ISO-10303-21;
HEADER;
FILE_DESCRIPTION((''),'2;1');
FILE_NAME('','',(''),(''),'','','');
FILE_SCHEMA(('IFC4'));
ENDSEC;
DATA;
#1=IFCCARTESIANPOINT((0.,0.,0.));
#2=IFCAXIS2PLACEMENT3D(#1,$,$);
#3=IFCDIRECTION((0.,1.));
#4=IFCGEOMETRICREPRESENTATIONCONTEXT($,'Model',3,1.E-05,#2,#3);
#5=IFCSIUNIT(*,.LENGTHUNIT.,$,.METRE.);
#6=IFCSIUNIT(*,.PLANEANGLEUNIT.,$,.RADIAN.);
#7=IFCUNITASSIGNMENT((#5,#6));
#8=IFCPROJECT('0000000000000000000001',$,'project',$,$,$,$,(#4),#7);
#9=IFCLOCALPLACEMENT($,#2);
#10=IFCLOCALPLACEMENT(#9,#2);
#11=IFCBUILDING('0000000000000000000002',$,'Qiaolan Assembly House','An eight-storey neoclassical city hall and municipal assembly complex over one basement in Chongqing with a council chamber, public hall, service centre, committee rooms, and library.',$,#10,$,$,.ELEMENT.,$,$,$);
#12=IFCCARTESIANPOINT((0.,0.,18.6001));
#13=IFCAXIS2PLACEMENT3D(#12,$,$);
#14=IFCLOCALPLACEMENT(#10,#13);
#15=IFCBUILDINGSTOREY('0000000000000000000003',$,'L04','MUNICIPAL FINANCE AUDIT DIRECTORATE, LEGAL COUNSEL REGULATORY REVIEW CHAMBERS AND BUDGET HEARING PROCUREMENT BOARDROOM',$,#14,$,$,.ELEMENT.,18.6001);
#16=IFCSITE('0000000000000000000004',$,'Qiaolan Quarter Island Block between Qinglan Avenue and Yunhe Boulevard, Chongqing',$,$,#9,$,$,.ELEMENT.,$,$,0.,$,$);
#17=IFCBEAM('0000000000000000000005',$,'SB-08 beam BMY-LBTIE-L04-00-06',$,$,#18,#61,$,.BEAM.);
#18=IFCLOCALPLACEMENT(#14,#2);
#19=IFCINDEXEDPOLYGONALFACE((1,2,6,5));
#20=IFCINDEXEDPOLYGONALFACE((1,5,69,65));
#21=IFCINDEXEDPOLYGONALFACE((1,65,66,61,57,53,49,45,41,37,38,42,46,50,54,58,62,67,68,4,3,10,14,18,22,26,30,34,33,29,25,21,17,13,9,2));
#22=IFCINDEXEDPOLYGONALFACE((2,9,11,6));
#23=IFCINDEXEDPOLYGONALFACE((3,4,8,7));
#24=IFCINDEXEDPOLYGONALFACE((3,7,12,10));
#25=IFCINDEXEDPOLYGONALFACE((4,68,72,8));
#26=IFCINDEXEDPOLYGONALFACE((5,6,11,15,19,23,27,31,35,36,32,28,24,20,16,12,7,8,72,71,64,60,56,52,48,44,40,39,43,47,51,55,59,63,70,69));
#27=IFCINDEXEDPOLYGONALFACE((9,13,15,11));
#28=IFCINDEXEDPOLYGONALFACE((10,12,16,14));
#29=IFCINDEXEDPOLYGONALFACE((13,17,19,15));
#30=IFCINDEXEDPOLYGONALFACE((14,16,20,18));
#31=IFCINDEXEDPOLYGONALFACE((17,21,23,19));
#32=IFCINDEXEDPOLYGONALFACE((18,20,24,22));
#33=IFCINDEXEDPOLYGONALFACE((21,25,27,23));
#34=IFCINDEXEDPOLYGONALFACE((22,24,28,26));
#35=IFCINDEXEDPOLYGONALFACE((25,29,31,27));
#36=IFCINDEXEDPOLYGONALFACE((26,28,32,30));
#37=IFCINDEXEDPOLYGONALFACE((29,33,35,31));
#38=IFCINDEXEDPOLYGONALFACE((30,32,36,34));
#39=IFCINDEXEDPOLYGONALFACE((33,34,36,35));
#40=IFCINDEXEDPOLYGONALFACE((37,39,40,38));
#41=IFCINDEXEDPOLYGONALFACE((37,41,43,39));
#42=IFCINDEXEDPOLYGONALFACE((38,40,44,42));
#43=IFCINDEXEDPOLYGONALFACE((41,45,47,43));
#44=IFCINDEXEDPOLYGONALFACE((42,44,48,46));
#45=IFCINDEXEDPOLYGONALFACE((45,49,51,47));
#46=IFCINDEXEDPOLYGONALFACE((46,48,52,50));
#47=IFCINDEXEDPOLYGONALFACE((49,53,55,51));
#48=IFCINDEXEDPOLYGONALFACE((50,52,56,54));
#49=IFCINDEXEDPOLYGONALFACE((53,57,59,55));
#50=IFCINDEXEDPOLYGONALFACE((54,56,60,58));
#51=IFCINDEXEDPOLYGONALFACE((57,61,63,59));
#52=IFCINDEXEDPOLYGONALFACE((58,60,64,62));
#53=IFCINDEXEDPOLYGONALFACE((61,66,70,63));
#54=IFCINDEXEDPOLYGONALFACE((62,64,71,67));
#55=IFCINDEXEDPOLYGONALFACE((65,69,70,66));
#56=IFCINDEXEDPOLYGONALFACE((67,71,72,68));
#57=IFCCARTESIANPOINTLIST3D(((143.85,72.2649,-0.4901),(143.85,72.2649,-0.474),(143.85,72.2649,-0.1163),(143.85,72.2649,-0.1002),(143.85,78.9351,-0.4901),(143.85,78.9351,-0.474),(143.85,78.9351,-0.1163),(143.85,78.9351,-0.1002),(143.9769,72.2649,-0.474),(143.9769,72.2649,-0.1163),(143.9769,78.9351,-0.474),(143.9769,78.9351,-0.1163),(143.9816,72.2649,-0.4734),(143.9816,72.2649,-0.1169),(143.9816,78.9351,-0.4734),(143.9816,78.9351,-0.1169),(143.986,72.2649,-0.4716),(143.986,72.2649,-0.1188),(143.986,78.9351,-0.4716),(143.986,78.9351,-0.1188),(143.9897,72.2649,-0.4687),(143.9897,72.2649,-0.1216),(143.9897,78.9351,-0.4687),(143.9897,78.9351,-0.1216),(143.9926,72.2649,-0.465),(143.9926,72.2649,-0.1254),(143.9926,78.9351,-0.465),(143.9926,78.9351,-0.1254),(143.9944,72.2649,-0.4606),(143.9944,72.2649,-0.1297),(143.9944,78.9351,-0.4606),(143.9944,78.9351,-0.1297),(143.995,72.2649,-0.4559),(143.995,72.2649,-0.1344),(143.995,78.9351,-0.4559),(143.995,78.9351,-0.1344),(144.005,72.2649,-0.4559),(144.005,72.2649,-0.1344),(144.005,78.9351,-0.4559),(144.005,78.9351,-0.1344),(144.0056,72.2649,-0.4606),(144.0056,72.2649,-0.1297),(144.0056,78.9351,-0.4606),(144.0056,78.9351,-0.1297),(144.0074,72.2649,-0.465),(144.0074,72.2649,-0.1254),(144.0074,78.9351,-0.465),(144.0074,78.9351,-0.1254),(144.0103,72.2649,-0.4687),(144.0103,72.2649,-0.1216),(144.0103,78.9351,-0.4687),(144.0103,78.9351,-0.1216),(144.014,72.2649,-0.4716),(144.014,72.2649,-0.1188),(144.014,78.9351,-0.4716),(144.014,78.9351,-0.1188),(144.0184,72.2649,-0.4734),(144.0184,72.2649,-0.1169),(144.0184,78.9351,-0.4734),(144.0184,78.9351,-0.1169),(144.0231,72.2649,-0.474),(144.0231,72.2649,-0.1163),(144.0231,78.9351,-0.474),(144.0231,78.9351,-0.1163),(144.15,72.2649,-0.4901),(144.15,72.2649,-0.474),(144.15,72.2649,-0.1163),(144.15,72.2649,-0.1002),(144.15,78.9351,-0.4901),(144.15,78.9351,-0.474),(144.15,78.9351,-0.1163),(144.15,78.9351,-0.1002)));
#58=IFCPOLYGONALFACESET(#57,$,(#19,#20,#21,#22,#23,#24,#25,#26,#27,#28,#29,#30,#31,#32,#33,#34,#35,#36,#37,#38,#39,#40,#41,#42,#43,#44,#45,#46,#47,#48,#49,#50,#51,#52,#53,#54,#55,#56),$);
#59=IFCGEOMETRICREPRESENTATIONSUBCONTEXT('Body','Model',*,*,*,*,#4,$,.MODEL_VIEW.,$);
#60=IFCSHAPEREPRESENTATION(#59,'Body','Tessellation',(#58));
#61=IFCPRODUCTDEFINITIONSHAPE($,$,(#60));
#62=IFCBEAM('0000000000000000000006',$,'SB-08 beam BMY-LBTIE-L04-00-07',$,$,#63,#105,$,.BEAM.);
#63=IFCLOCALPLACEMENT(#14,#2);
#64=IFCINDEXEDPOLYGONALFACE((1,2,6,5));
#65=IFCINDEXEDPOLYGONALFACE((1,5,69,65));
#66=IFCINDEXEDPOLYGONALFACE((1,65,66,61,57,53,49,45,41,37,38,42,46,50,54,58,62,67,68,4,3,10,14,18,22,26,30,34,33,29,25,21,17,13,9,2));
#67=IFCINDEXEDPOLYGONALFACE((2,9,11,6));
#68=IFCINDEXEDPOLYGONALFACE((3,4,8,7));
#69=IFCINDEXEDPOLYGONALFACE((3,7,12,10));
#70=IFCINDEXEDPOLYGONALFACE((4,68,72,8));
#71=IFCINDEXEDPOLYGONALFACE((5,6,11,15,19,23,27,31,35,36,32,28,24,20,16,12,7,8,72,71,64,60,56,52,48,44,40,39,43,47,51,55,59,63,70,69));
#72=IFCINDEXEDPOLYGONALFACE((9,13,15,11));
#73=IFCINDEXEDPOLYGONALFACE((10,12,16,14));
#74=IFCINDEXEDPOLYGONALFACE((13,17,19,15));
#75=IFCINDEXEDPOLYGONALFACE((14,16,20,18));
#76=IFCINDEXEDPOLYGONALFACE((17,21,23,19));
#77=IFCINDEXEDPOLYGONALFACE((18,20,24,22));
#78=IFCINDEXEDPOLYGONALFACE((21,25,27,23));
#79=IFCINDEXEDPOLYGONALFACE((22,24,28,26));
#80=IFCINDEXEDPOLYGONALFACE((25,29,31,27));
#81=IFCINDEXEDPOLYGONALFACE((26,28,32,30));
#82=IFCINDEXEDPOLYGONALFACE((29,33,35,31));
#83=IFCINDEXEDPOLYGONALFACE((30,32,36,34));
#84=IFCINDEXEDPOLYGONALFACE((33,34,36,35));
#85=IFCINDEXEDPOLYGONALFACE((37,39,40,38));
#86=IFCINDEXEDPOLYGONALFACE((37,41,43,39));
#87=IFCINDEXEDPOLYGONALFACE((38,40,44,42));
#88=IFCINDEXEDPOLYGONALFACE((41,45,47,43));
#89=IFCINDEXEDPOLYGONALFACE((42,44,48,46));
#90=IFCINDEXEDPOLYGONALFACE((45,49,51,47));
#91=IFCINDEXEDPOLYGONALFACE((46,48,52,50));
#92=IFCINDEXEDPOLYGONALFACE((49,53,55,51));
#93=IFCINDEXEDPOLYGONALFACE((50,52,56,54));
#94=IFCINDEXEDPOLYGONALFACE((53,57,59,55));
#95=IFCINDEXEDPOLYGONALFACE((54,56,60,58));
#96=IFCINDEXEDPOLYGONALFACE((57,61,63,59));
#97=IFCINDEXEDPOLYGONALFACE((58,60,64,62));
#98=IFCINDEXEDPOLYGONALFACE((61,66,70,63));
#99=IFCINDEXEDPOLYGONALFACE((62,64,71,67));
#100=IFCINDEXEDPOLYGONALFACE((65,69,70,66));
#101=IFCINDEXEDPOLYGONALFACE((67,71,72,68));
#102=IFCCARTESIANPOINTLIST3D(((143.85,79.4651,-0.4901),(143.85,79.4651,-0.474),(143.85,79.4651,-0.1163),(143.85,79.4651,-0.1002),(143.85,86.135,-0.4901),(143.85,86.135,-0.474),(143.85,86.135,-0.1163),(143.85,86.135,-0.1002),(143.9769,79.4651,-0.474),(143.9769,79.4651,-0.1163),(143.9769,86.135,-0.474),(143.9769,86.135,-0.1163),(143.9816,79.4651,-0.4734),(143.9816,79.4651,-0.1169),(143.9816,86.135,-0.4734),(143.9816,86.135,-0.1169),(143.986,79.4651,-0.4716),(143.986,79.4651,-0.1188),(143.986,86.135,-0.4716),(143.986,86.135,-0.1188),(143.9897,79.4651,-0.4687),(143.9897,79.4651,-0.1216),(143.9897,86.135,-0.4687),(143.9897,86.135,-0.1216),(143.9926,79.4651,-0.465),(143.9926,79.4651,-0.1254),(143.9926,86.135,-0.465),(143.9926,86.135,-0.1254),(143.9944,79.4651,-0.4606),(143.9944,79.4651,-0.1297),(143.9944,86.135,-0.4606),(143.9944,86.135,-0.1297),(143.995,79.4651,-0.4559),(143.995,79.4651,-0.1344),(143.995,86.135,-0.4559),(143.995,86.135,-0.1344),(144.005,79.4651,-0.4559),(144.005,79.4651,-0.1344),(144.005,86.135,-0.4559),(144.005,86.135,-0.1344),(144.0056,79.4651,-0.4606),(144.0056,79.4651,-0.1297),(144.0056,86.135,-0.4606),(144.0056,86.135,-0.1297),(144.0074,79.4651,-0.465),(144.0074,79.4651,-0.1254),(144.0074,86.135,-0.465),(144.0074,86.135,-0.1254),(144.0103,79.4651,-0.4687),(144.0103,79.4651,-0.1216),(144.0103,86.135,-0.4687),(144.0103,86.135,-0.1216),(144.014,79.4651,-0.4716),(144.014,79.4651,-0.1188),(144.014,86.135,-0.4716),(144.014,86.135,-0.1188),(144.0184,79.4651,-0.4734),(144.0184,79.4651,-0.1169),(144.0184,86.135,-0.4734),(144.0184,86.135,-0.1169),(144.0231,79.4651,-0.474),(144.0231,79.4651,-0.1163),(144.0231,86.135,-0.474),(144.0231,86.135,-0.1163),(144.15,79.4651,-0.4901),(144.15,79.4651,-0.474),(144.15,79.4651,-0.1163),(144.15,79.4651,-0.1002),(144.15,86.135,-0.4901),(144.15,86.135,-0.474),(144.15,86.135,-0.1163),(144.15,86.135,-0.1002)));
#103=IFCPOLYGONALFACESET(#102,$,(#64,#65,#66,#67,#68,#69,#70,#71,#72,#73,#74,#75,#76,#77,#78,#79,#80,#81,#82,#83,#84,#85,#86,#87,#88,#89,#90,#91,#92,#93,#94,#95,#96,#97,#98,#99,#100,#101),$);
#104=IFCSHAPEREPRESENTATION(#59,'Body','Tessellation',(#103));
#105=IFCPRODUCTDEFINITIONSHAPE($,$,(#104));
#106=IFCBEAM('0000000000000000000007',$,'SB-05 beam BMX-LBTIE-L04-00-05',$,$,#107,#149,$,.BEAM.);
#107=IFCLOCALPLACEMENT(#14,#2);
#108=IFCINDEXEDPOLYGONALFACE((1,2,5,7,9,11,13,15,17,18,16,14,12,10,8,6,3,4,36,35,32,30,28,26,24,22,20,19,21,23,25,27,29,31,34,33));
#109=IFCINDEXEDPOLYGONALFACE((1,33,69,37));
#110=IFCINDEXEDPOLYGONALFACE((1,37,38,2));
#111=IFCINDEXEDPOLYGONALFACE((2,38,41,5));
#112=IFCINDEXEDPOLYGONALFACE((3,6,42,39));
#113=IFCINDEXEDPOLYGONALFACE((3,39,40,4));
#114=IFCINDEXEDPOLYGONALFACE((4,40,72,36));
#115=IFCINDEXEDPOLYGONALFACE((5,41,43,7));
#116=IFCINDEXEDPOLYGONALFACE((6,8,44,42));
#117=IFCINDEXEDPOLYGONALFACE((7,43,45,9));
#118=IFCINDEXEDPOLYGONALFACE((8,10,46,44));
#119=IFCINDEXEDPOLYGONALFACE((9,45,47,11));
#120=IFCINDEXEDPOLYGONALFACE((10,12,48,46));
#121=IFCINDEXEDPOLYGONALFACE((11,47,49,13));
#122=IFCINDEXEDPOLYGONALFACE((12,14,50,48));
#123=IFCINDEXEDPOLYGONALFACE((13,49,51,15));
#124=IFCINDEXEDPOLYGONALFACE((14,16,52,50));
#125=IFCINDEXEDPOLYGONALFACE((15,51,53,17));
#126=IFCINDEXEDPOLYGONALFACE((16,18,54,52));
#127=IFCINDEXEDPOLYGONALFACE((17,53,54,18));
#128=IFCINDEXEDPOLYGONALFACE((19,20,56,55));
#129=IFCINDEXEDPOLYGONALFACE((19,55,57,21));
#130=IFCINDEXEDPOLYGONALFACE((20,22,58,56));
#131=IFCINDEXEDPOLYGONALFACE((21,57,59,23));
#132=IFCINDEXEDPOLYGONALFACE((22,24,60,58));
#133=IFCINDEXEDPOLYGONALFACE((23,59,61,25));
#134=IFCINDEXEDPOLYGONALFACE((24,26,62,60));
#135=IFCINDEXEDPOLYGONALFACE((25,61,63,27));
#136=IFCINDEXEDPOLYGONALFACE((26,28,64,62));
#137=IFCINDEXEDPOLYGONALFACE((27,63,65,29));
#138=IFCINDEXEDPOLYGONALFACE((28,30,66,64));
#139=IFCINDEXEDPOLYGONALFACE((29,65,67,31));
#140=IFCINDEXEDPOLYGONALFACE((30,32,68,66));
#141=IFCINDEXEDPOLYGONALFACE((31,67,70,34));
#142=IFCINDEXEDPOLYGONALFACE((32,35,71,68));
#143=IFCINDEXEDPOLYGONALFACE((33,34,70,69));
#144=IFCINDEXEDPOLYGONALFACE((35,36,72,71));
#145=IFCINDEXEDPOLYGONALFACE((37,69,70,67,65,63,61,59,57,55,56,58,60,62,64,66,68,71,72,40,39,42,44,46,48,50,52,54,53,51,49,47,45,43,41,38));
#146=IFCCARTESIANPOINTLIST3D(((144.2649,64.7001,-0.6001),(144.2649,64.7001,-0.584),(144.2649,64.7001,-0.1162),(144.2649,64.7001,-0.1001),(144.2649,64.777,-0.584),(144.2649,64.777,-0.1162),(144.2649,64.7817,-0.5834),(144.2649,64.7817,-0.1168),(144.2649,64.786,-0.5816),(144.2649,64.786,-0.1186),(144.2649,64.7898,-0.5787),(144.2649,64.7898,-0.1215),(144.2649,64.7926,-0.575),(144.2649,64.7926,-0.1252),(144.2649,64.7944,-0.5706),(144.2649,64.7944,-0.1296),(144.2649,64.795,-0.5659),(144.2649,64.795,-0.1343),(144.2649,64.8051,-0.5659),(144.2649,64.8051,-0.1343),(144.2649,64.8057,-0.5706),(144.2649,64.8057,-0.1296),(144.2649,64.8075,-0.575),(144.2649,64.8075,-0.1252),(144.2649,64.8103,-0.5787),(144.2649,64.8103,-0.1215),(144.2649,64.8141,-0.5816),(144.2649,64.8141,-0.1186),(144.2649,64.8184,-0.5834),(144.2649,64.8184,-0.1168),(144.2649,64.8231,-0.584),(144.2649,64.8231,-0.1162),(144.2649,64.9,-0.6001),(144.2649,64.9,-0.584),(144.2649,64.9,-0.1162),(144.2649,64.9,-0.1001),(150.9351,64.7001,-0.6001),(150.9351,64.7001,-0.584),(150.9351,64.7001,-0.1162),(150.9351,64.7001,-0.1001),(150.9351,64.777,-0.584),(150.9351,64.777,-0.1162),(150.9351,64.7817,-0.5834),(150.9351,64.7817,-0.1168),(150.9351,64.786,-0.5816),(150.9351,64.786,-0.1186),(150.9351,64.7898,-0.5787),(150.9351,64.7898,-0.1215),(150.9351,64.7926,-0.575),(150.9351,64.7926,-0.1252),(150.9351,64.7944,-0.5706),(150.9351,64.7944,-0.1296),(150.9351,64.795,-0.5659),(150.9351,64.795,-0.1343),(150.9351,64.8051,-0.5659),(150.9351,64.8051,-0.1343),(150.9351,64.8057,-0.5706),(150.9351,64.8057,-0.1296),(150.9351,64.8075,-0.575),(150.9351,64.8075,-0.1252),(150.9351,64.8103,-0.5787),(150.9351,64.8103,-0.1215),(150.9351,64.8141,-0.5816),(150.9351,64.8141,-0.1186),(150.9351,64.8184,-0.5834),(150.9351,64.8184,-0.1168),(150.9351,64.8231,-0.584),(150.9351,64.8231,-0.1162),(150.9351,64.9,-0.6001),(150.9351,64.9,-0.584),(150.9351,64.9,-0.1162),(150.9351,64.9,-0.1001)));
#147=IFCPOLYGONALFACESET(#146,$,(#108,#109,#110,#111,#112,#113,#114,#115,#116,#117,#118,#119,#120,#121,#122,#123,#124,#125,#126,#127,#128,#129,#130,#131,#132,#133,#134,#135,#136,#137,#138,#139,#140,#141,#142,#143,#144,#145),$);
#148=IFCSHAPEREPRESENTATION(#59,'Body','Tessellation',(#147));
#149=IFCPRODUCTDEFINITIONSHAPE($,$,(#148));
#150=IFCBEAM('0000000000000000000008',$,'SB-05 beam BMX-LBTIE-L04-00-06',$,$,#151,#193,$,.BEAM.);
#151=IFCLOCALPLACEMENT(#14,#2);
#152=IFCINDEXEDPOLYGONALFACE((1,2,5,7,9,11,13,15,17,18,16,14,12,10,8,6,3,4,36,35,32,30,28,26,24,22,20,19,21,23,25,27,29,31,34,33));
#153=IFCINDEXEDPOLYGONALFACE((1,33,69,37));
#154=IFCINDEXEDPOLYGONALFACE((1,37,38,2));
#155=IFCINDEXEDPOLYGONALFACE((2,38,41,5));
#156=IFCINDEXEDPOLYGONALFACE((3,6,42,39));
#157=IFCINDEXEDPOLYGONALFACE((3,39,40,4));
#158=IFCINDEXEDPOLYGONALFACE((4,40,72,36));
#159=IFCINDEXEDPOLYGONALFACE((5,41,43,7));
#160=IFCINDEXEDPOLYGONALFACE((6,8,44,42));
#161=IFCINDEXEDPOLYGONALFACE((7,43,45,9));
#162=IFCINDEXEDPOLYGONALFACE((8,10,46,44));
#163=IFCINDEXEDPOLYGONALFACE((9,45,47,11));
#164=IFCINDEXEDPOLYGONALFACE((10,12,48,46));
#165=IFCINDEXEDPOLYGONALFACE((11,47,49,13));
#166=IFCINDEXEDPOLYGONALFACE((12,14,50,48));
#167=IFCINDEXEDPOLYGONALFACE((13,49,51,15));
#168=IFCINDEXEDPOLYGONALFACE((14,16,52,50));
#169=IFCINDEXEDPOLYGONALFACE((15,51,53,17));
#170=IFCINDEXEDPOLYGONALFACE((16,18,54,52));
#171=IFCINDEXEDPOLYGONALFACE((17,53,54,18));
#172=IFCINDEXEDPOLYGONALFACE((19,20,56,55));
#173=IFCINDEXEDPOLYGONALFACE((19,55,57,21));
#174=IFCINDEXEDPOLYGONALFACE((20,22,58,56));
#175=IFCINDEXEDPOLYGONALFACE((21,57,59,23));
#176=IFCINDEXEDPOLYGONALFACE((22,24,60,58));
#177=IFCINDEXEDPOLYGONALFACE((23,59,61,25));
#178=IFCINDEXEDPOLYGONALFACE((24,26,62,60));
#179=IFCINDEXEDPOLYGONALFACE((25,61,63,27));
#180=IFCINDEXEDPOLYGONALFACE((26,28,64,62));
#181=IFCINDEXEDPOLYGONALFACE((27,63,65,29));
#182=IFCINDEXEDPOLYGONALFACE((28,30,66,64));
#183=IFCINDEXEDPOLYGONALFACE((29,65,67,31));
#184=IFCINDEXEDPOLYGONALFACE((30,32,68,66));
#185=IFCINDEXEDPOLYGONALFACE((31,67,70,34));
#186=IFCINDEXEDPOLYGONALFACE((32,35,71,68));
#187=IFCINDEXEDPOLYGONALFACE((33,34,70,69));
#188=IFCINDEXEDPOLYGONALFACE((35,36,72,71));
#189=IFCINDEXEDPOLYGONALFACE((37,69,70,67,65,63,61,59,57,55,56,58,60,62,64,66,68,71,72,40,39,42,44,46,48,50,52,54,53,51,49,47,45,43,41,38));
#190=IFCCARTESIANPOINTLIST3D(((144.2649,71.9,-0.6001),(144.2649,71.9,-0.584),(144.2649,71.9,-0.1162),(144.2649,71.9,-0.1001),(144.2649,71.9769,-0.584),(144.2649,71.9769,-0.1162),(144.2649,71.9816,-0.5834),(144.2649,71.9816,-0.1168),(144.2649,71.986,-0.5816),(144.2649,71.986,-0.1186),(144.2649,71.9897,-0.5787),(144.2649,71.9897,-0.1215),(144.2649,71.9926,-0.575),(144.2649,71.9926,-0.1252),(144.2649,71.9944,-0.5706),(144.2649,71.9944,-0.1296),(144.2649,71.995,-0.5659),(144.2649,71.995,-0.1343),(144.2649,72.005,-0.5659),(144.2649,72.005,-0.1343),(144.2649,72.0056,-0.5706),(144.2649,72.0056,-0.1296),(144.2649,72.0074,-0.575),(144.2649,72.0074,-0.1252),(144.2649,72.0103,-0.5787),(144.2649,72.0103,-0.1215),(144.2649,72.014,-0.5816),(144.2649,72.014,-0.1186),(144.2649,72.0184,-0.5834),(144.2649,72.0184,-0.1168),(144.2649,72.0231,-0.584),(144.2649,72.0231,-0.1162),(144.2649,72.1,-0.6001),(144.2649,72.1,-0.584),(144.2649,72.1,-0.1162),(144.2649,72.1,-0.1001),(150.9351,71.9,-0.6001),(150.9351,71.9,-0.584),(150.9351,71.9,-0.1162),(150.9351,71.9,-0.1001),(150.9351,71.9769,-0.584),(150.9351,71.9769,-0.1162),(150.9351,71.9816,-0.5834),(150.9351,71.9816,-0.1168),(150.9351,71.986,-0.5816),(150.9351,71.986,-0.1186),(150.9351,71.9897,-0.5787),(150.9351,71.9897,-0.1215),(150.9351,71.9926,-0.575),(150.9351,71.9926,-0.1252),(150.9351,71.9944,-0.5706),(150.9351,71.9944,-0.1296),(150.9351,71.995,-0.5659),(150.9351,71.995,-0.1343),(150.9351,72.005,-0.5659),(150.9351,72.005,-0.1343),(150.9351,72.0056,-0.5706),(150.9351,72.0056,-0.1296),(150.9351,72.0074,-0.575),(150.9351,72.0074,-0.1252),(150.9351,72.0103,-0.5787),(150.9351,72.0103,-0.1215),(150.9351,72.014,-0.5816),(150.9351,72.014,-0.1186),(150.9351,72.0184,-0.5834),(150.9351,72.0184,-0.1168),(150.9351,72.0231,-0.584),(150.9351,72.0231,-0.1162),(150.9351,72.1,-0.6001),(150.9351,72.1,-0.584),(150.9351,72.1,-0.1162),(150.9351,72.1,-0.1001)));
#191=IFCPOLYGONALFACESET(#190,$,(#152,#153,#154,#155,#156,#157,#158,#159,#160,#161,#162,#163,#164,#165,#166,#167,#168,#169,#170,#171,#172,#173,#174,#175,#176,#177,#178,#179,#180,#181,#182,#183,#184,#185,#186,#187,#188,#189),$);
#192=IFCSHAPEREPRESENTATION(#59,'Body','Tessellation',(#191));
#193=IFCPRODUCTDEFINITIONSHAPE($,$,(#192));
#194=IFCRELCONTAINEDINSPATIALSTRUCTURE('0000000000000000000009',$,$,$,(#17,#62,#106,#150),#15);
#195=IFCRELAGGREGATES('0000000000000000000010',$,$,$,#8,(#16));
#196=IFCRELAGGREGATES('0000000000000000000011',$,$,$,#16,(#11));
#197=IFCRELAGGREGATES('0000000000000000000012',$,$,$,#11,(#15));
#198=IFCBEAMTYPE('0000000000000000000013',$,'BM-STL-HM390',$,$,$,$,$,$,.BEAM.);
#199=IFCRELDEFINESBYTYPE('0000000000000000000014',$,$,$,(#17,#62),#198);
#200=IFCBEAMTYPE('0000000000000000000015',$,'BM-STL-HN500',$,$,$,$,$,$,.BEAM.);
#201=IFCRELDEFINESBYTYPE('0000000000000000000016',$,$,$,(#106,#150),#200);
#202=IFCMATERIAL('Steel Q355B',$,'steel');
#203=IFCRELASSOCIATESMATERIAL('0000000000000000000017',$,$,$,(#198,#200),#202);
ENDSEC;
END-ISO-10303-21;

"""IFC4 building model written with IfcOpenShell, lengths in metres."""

from ifc_helpers import new_model, si_unit, direction, frame, origin, origin_2d, place, context, subcontext, project, spatial, i_section, extrude, material, material_profile, profile_set, type_object, element, save


model = new_model("IFC4")

# Units and contexts
model_context = context("Model", 3, precision=1e-05, world=origin(), true_north=direction((0.0, 1.0)))
body_context = subcontext(model_context, "Body", "Model", "MODEL_VIEW")
ifc_project = project(units=[si_unit("LENGTHUNIT", "METRE"), si_unit("PLANEANGLEUNIT", "RADIAN")], contexts=[model_context])

# Site, building, storey
site_placement = place(None, origin())
site = spatial("IfcSite", under=ifc_project, at=site_placement, Name="Qiaolan Quarter Island Block between Qinglan Avenue and Yunhe Boulevard, Chongqing", CompositionType="ELEMENT", RefElevation=0.0)
building_placement = place(site_placement, origin())
building = spatial("IfcBuilding", under=site, at=building_placement, Name="Qiaolan Assembly House", Description="An eight-storey neoclassical city hall and municipal assembly complex over one basement in Chongqing with a council chamber, public hall, service centre, committee rooms, and library.", CompositionType="ELEMENT")
storey_placement = place(building_placement, frame((0.0, 0.0, 18.6001)))
storey = spatial("IfcBuildingStorey", under=building, at=storey_placement, Name="L04", Description="MUNICIPAL FINANCE AUDIT DIRECTORATE, LEGAL COUNSEL REGULATORY REVIEW CHAMBERS AND BUDGET HEARING PROCUREMENT BOARDROOM", CompositionType="ELEMENT", Elevation=18.6001)

# Beams
ifc_material = material(Name="Steel Q355B", Category="steel")
ifc_material_profile_1 = material_profile(ifc_material, i_section(OverallWidth=0.3, OverallDepth=0.3899, WebThickness=0.01, FlangeThickness=0.0161, FilletRadius=0.0181, at=origin_2d()), Name="HM 390x300x10x16")
ifc_profile_set_1 = profile_set([ifc_material_profile_1], Name="Steel Q355B")
beam_type_1 = type_object("IfcBeamType", Name="BM-STL-HM390", PredefinedType="BEAM", material=ifc_profile_set_1)
beam_1_placement = place(storey_placement, frame((144.0, 72.2649, -0.2952), z_axis=(0.0, 1.0, 0.0), x_axis=(-1.0, 0.0, 0.0)))
element("IfcBeam", 1, at=beam_1_placement, inside=storey, type_object=beam_type_1, Name="SB-08 beam BMY-LBTIE-L04-00-06", PredefinedType="BEAM", context=body_context, shape_type="SweptSolid", body=[
    extrude(i_section(OverallWidth=0.3, OverallDepth=0.3899, WebThickness=0.01, FlangeThickness=0.0161, FilletRadius=0.0181, at=origin_2d()), origin(), (0.0, 0.0, 1.0), 6.6702),
])
beam_2_placement = place(storey_placement, frame((144.0, 79.4651, -0.2952), z_axis=(0.0, 1.0, 0.0), x_axis=(-1.0, 0.0, 0.0)))
element("IfcBeam", 2, at=beam_2_placement, inside=storey, type_object=beam_type_1, Name="SB-08 beam BMY-LBTIE-L04-00-07", PredefinedType="BEAM", context=body_context, shape_type="SweptSolid", body=[
    extrude(i_section(OverallWidth=0.3, OverallDepth=0.3899, WebThickness=0.01, FlangeThickness=0.0161, FilletRadius=0.0181, at=origin_2d()), origin(), (0.0, 0.0, 1.0), 6.6699),
])
ifc_material_profile_2 = material_profile(ifc_material, i_section(OverallWidth=0.2, OverallDepth=0.5, WebThickness=0.01, FlangeThickness=0.0161, FilletRadius=0.0181, at=origin_2d()), Name="HN 500x200x10x16")
ifc_profile_set_2 = profile_set([ifc_material_profile_2], Name="Steel Q355B")
beam_type_2 = type_object("IfcBeamType", Name="BM-STL-HN500", PredefinedType="BEAM", material=ifc_profile_set_2)
for number, where, z_axis, x_axis, name in (
    (3, (144.2649, 64.8, -0.3501), (1.0, 0.0, 0.0), (0.0, 1.0, 0.0), "SB-05 beam BMX-LBTIE-L04-00-05"),
    (4, (144.2649, 72.0, -0.3501), (1.0, 0.0, 0.0), (0.0, 1.0, 0.0), "SB-05 beam BMX-LBTIE-L04-00-06"),
):
    element("IfcBeam", number, at=place(storey_placement, frame(where, z_axis=z_axis, x_axis=x_axis)), inside=storey, type_object=beam_type_2, Name=name, PredefinedType="BEAM", context=body_context, shape_type="SweptSolid", body=[
        extrude(i_section(OverallWidth=0.2, OverallDepth=0.5, WebThickness=0.01, FlangeThickness=0.0161, FilletRadius=0.0181, at=origin_2d()), origin(), (0.0, 0.0, 1.0), 6.6702),
    ])

save(model, "model.ifc")
